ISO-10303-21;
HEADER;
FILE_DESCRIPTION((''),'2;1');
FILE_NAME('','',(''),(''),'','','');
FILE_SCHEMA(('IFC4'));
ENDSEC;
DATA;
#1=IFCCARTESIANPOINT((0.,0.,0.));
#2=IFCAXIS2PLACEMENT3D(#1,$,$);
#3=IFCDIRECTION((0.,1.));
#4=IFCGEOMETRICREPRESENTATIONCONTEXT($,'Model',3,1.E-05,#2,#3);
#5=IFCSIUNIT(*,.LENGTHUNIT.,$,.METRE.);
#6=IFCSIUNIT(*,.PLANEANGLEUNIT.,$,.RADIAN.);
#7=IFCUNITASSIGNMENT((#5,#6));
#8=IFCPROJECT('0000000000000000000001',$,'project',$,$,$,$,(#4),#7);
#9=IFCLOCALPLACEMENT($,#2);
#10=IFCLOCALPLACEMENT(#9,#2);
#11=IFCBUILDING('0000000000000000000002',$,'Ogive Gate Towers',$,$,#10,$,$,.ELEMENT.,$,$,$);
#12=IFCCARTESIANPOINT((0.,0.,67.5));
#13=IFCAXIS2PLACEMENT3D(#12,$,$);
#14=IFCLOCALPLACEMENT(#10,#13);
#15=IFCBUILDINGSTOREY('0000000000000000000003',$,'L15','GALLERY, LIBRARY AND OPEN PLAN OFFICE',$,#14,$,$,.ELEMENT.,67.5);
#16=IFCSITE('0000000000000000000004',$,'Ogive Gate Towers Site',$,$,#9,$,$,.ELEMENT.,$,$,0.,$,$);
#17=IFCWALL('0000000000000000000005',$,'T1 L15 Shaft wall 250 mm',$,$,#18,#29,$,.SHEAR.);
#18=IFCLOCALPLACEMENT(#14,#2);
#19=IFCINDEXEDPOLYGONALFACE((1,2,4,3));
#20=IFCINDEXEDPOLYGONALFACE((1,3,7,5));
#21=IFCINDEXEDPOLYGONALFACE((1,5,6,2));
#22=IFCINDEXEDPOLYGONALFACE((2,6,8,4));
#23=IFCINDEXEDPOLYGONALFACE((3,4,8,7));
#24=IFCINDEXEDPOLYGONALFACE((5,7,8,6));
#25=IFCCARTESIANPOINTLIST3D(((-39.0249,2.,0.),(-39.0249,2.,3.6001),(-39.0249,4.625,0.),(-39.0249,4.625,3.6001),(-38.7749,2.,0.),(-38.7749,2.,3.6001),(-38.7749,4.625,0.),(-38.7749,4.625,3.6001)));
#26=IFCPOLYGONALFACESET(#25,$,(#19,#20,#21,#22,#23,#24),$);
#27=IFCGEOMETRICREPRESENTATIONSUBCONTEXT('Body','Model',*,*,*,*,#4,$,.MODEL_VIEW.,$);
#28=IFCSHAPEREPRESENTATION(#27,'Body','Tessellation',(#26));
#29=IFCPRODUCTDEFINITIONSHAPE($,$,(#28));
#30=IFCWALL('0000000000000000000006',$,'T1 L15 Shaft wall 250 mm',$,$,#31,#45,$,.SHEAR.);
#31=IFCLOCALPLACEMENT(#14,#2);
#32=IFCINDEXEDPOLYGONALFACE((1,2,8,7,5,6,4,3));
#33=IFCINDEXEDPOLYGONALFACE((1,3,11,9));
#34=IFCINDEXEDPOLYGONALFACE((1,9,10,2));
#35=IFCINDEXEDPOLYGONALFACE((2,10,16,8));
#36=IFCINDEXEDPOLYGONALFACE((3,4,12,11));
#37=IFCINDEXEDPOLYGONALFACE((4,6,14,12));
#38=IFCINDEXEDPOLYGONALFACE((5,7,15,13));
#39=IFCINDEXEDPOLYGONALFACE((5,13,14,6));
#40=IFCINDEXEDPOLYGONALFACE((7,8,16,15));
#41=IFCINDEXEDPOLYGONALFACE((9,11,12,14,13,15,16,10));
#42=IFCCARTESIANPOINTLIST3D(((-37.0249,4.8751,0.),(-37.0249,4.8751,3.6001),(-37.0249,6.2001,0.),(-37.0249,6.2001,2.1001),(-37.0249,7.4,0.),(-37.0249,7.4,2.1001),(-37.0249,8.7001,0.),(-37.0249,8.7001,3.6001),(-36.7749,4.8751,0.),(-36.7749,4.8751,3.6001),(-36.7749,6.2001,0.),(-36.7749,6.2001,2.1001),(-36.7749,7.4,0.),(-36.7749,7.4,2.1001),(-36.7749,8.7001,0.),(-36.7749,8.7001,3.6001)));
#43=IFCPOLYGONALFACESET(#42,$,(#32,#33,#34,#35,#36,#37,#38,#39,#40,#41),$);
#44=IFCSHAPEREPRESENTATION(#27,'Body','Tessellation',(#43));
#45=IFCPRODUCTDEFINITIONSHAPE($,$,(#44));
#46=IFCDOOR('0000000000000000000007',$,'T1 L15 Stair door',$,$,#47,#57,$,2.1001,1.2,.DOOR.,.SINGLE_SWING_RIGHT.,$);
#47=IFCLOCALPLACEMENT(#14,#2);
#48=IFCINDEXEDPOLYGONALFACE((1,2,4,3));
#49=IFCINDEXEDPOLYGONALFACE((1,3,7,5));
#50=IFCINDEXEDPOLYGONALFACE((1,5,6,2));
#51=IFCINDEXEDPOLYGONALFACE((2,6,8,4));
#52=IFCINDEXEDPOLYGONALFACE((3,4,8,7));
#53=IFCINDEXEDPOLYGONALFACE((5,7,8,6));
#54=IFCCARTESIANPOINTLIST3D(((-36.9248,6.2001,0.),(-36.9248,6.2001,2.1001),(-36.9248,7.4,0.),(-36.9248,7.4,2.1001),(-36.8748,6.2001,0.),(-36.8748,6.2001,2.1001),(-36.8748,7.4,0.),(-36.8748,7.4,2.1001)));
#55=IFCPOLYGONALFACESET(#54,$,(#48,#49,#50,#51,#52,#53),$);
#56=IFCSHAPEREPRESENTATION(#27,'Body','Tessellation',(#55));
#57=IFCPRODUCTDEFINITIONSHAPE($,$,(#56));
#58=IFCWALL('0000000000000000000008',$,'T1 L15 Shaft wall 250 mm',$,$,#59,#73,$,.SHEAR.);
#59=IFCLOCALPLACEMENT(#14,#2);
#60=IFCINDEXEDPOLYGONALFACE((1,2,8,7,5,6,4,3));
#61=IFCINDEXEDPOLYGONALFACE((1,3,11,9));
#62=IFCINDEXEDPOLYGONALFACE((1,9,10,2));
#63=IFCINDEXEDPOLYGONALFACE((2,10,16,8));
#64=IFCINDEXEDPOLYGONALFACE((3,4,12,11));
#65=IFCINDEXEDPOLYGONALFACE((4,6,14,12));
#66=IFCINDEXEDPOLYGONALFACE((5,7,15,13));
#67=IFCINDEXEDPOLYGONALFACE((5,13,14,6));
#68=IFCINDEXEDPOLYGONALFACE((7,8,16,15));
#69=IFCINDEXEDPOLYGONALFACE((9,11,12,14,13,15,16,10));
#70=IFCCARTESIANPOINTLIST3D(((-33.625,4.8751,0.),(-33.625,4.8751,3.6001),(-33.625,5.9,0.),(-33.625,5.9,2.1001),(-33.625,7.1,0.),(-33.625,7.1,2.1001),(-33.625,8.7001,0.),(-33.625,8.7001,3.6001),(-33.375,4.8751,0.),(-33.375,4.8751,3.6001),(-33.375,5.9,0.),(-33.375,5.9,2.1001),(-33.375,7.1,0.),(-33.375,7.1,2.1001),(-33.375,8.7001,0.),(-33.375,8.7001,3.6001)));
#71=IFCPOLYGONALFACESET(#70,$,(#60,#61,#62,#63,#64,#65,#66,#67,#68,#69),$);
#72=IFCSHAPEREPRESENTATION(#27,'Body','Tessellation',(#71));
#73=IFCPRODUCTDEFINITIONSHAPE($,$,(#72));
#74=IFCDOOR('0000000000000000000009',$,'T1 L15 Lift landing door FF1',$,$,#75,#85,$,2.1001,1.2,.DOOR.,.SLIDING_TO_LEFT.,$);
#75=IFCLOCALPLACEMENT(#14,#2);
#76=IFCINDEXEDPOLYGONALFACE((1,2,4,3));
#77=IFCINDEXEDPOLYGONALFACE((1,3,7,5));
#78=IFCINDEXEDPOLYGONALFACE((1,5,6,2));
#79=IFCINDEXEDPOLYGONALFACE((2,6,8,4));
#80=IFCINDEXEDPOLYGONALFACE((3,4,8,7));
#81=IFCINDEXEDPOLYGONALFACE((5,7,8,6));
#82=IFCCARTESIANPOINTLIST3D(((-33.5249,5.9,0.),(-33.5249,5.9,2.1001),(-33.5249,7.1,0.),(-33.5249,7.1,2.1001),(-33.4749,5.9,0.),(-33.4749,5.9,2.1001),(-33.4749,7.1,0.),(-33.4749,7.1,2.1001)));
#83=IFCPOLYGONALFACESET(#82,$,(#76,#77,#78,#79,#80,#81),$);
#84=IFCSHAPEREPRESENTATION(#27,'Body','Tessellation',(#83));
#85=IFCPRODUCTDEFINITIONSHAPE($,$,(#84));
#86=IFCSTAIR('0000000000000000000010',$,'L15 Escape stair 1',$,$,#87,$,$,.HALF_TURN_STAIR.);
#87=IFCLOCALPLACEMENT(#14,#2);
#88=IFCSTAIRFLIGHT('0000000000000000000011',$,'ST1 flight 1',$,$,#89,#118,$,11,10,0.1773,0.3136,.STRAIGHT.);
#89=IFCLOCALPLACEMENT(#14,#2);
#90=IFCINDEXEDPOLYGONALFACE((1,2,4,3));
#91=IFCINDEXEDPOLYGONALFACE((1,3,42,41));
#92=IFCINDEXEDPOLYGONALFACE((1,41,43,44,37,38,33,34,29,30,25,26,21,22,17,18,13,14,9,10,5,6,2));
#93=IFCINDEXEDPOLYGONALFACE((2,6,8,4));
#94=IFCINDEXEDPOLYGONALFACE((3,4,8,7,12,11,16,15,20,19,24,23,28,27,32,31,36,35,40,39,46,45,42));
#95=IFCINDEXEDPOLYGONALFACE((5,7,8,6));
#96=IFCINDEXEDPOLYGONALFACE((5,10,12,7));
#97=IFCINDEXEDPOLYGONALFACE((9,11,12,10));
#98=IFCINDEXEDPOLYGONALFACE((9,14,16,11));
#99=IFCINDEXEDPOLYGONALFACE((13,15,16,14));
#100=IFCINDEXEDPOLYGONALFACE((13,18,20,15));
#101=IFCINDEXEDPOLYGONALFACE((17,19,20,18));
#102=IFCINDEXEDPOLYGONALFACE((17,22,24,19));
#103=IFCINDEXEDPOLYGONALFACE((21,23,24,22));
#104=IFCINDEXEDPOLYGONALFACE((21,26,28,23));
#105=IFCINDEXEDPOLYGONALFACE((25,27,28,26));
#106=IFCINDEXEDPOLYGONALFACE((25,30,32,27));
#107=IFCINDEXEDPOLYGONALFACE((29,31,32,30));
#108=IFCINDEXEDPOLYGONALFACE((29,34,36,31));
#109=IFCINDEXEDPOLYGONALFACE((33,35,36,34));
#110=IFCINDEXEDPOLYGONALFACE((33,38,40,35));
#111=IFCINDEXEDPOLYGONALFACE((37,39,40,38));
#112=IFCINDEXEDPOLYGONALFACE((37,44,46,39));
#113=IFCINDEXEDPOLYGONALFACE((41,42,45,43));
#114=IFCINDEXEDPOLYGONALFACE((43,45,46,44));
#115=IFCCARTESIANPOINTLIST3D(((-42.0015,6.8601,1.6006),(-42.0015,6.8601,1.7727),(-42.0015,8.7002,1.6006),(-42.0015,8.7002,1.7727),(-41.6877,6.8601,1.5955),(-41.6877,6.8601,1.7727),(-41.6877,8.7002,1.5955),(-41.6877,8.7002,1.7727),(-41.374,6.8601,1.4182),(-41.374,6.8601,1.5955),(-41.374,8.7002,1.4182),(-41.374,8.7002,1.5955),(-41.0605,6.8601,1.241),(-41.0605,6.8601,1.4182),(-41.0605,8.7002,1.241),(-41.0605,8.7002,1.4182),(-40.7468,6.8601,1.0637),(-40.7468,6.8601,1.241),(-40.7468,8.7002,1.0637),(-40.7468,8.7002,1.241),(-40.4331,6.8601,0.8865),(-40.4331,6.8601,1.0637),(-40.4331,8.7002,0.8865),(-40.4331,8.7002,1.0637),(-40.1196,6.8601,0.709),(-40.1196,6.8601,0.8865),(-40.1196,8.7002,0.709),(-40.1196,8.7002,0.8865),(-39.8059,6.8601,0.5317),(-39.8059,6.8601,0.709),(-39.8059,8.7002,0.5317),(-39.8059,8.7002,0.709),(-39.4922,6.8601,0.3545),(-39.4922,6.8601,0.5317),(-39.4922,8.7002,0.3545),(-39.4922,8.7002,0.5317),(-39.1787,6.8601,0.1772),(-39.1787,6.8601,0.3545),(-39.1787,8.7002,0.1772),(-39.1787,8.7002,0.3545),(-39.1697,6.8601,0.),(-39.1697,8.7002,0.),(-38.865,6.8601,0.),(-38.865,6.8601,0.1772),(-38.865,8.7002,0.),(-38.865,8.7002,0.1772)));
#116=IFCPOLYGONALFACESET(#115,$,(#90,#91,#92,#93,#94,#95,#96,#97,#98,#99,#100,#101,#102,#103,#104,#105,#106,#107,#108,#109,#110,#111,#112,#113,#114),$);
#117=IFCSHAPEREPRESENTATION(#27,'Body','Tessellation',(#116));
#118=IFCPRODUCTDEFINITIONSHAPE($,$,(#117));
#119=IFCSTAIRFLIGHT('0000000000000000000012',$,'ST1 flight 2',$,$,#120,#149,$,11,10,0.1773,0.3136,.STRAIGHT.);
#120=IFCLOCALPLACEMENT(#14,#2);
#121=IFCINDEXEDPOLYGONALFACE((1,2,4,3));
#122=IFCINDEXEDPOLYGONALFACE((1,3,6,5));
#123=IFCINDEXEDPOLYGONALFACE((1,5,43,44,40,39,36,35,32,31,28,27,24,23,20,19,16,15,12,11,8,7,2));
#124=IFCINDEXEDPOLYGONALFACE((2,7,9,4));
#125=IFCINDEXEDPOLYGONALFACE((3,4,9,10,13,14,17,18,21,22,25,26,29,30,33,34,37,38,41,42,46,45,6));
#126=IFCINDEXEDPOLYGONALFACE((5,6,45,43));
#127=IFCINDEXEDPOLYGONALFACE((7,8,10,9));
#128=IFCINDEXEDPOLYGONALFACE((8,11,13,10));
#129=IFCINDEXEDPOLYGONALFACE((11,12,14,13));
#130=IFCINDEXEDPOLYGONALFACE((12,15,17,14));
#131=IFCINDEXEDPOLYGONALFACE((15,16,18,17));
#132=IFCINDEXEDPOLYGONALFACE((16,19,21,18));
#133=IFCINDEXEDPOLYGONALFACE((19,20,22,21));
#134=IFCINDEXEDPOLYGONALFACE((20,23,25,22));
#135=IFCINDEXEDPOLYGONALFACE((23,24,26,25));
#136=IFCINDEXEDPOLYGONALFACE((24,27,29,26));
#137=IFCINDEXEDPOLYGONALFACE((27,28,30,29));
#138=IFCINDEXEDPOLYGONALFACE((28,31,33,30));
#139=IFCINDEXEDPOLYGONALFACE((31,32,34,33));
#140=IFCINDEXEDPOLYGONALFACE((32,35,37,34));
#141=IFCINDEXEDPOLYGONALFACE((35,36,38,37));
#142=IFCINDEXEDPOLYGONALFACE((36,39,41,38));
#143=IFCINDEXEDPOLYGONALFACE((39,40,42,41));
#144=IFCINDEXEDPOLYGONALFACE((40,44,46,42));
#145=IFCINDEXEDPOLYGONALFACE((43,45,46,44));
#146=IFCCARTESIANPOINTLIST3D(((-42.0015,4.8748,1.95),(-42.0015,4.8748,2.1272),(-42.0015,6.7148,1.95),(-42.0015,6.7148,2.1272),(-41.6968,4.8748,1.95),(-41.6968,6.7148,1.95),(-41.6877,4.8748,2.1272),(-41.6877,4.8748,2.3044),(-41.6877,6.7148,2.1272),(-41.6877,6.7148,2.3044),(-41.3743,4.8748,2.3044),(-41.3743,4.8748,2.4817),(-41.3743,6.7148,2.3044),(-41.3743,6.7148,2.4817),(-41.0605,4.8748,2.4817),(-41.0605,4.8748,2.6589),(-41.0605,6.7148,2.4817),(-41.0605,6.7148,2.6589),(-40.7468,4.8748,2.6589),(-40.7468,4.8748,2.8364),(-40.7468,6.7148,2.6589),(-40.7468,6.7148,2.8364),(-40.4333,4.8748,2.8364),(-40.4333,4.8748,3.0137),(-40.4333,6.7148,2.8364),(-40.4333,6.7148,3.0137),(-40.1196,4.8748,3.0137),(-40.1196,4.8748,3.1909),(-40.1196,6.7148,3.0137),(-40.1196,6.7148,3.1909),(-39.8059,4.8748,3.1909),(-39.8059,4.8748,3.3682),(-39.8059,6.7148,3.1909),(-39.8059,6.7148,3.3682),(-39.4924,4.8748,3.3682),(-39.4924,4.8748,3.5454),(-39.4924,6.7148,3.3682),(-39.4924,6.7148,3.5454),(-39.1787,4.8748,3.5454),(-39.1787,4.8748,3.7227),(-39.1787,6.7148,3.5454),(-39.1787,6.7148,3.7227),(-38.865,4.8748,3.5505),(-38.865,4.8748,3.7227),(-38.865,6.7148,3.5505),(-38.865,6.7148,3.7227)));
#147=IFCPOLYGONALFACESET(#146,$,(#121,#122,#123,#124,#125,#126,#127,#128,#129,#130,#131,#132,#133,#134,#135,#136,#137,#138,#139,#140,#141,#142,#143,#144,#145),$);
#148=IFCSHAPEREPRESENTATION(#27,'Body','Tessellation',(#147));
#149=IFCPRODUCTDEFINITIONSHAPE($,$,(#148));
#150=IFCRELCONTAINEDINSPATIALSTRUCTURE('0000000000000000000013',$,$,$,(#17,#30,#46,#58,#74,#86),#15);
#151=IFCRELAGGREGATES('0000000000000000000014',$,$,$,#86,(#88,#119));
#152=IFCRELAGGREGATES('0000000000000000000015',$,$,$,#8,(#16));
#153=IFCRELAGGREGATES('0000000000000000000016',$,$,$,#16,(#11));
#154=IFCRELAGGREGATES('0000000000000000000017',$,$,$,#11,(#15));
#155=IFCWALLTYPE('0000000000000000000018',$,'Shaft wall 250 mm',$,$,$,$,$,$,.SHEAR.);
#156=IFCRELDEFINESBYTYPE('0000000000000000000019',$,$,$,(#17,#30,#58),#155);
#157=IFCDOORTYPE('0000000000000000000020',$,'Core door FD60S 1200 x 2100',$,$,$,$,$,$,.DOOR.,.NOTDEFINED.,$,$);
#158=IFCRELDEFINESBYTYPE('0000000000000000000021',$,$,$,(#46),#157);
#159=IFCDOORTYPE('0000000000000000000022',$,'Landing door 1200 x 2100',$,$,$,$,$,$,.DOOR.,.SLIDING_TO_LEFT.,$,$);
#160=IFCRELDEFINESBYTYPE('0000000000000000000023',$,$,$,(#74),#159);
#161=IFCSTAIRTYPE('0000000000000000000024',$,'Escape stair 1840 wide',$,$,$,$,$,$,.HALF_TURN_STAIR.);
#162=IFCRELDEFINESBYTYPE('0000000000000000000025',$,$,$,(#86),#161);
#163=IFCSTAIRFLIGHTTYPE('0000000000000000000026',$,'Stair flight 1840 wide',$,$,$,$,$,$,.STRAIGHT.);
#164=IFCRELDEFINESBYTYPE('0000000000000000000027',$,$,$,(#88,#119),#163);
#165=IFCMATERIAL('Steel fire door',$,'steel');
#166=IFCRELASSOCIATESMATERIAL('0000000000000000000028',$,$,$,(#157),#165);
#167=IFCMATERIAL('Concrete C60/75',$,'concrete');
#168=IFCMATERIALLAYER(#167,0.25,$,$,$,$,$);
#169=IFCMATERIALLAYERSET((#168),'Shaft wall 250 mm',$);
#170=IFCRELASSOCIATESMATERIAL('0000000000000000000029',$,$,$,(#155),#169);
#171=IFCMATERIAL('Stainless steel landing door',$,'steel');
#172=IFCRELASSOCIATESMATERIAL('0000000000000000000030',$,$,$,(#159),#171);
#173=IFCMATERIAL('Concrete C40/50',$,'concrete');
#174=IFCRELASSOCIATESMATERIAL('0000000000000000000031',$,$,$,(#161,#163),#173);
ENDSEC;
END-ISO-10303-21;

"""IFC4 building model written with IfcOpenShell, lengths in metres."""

from ifc_helpers import new_model, si_unit, direction, frame, frame_2d, origin, place, context, subcontext, project, spatial, polyline, rectangle, outline, extrude, material, layer, layer_set, type_object, element, fill, aggregate, save


model = new_model("IFC4")

# Units and contexts
model_context = context("Model", 3, precision=1e-05, world=origin(), true_north=direction((0.0, 1.0)))
body_context = subcontext(model_context, "Body", "Model", "MODEL_VIEW")
ifc_project = project(units=[si_unit("LENGTHUNIT", "METRE"), si_unit("PLANEANGLEUNIT", "RADIAN")], contexts=[model_context])

# Site, building, storey
site_placement = place(None, origin())
site = spatial("IfcSite", under=ifc_project, at=site_placement, Name="Ogive Gate Towers Site", CompositionType="ELEMENT", RefElevation=0.0)
building_placement = place(site_placement, origin())
building = spatial("IfcBuilding", under=site, at=building_placement, Name="Ogive Gate Towers", CompositionType="ELEMENT")
storey_placement = place(building_placement, frame((0.0, 0.0, 67.5)))
storey = spatial("IfcBuildingStorey", under=building, at=storey_placement, Name="L15", Description="GALLERY, LIBRARY AND OPEN PLAN OFFICE", CompositionType="ELEMENT", Elevation=67.5)

# Shared definitions
ifc_material_1 = material(Name="Concrete C60/75", Category="concrete")
ifc_material_2 = material(Name="Steel fire door", Category="steel")
door_type_1 = type_object("IfcDoorType", Name="Core door FD60S 1200 x 2100", OperationType="NOTDEFINED", PredefinedType="DOOR", material=ifc_material_2)

# Wall
ifc_layer_1 = layer(ifc_material_1, 0.25)
ifc_layer_set_1 = layer_set([ifc_layer_1], Name="Shaft wall 250 mm")
wall_type_1 = type_object("IfcWallType", Name="Shaft wall 250 mm", PredefinedType="SHEAR", material=ifc_layer_set_1)
wall_1_placement = place(storey_placement, frame((-38.8999, 2.0, 0.0), z_axis=(0.0, 0.0, 1.0), x_axis=(0.0, 1.0, 0.0)))
element("IfcWall", 1, at=wall_1_placement, inside=storey, type_object=wall_type_1, Name="T1 L15 Shaft wall 250 mm", PredefinedType="SHEAR", context=body_context, shape_type="SweptSolid", body=[
    extrude(rectangle(XDim=2.625, YDim=0.25, at=frame_2d((1.3125, 0.0))), origin(), (0.0, 0.0, 1.0), 3.6001),
])

# Walls, openings, doors
wall_2_placement = place(storey_placement, frame((-36.8999, 4.875, 0.0), z_axis=(0.0, 0.0, 1.0), x_axis=(0.0, 1.0, 0.0)))
wall_2 = element("IfcWall", 2, at=wall_2_placement, inside=storey, type_object=wall_type_1, Name="T1 L15 Shaft wall 250 mm", PredefinedType="SHEAR", context=body_context, shape_type="SweptSolid", body=[
    extrude(rectangle(XDim=3.825, YDim=0.25, at=frame_2d((1.9126, 0.0))), origin(), (0.0, 0.0, 1.0), 3.6001),
])
opening_1_placement = place(wall_2_placement, frame((1.325, 0.0, 0.0)))
opening_1 = element("IfcOpeningElement", 3, at=opening_1_placement, cuts=wall_2, PredefinedType="OPENING", context=body_context, shape_type="SweptSolid", body=[
    extrude(rectangle(XDim=1.2, YDim=2.1001, at=frame_2d((0.6001, 1.05))), frame((0.0, 0.135, 0.0), z_axis=(0.0, -1.0, 0.0), x_axis=(1.0, 0.0, 0.0)), (0.0, 0.0, 1.0), 0.27),
])
door_1_placement = place(opening_1_placement, origin())
door_1 = element("IfcDoor", 4, at=door_1_placement, inside=storey, type_object=door_type_1, Name="T1 L15 Stair door", OperationType="SINGLE_SWING_RIGHT", OverallHeight=2.1001, OverallWidth=1.2, PredefinedType="DOOR", context=body_context, shape_type="SweptSolid", body=[
    extrude(rectangle(XDim=1.2, YDim=2.1001, at=frame_2d((0.6001, 1.05))), frame((0.0, 0.0249, 0.0), z_axis=(0.0, -1.0, 0.0), x_axis=(1.0, 0.0, 0.0)), (0.0, 0.0, 1.0), 0.05),
])
fill(opening_1, door_1)
wall_3_placement = place(storey_placement, frame((-33.5, 4.875, 0.0), z_axis=(0.0, 0.0, 1.0), x_axis=(0.0, 1.0, 0.0)))
wall_3 = element("IfcWall", 5, at=wall_3_placement, inside=storey, type_object=wall_type_1, Name="T1 L15 Shaft wall 250 mm", PredefinedType="SHEAR", context=body_context, shape_type="SweptSolid", body=[
    extrude(rectangle(XDim=3.825, YDim=0.25, at=frame_2d((1.9126, 0.0))), origin(), (0.0, 0.0, 1.0), 3.6001),
])
opening_2_placement = place(wall_3_placement, frame((1.0249, 0.0, 0.0)))
opening_2 = element("IfcOpeningElement", 6, at=opening_2_placement, cuts=wall_3, PredefinedType="OPENING", context=body_context, shape_type="SweptSolid", body=[
    extrude(rectangle(XDim=1.2, YDim=2.1001, at=frame_2d((0.6001, 1.05))), frame((0.0, 0.135, 0.0), z_axis=(0.0, -1.0, 0.0), x_axis=(1.0, 0.0, 0.0)), (0.0, 0.0, 1.0), 0.27),
])
ifc_material_3 = material(Name="Stainless steel landing door", Category="steel")
door_type_2 = type_object("IfcDoorType", Name="Landing door 1200 x 2100", OperationType="SLIDING_TO_LEFT", PredefinedType="DOOR", material=ifc_material_3)
door_2_placement = place(opening_2_placement, origin())
door_2 = element("IfcDoor", 7, at=door_2_placement, inside=storey, type_object=door_type_2, Name="T1 L15 Lift landing door FF1", OperationType="SLIDING_TO_LEFT", OverallHeight=2.1001, OverallWidth=1.2, PredefinedType="DOOR", context=body_context, shape_type="SweptSolid", body=[
    extrude(rectangle(XDim=1.2, YDim=2.1001, at=frame_2d((0.6001, 1.05))), frame((0.0, 0.0249, 0.0), z_axis=(0.0, -1.0, 0.0), x_axis=(1.0, 0.0, 0.0)), (0.0, 0.0, 1.0), 0.05),
])
fill(opening_2, door_2)

# Stair, stair flights
ifc_material_4 = material(Name="Concrete C40/50", Category="concrete")
stair_type = type_object("IfcStairType", Name="Escape stair 1840 wide", PredefinedType="HALF_TURN_STAIR", material=ifc_material_4)
stair_placement = place(storey_placement, origin())
stair = element("IfcStair", 8, at=stair_placement, inside=storey, type_object=stair_type, Name="L15 Escape stair 1", PredefinedType="HALF_TURN_STAIR")
stair_flight_type = type_object("IfcStairFlightType", Name="Stair flight 1840 wide", PredefinedType="STRAIGHT", material=ifc_material_4)
stair_flight_1_placement = place(storey_placement, frame((-38.865, 7.78, 0.0), z_axis=(0.0, 0.0, 1.0), x_axis=(-1.0, 0.0, 0.0)))
stair_flight_1 = element("IfcStairFlight", 9, at=stair_flight_1_placement, type_object=stair_flight_type, Name="ST1 flight 1", NumberOfRisers=11, NumberOfTreads=10, PredefinedType="STRAIGHT", RiserHeight=0.1773, TreadLength=0.3136, context=body_context, shape_type="SweptSolid", body=[
    extrude(outline(polyline([(0.0, 0.0), (0.0, 0.1772), (0.3137, 0.1772), (0.3137, 0.3545), (0.6272, 0.3545), (0.6272, 0.5317), (0.9409, 0.5317), (0.9409, 0.709), (1.2546, 0.709), (1.2546, 0.8865), (1.5681, 0.8865), (1.5681, 1.0637), (1.8818, 1.0637), (1.8818, 1.241), (2.1956, 1.241), (2.1956, 1.4182), (2.509, 1.4182), (2.509, 1.5955), (2.8228, 1.5955), (2.8228, 1.7727), (3.1365, 1.7727), (3.1365, 1.95), (3.1365, 1.6006), (0.3047, 0.0), (0.0, 0.0)])), frame((0.0, 0.9199, 0.0), z_axis=(0.0, -1.0, 0.0), x_axis=(1.0, 0.0, 0.0)), (0.0, 0.0, 1.0), 1.8401),
])
stair_flight_2_placement = place(storey_placement, frame((-42.0015, 5.7949, 1.95), z_axis=(0.0, 0.0, 1.0), x_axis=(1.0, 0.0, 0.0)))
stair_flight_2 = element("IfcStairFlight", 10, at=stair_flight_2_placement, type_object=stair_flight_type, Name="ST1 flight 2", NumberOfRisers=11, NumberOfTreads=10, PredefinedType="STRAIGHT", RiserHeight=0.1773, TreadLength=0.3136, context=body_context, shape_type="SweptSolid", body=[
    extrude(outline(polyline([(0.0, 0.0), (0.0, 0.1772), (0.3137, 0.1772), (0.3137, 0.3545), (0.6272, 0.3545), (0.6272, 0.5317), (0.9409, 0.5317), (0.9409, 0.709), (1.2546, 0.709), (1.2546, 0.8865), (1.5681, 0.8865), (1.5681, 1.0637), (1.8818, 1.0637), (1.8818, 1.241), (2.1956, 1.241), (2.1956, 1.4182), (2.509, 1.4182), (2.509, 1.5955), (2.8228, 1.5955), (2.8228, 1.7727), (3.1365, 1.7727), (3.1365, 1.95), (3.1365, 1.6006), (0.3047, 0.0), (0.0, 0.0)])), frame((0.0, 0.9199, 0.0), z_axis=(0.0, -1.0, 0.0), x_axis=(1.0, 0.0, 0.0)), (0.0, 0.0, 1.0), 1.8401),
])
aggregate(stair, [stair_flight_1, stair_flight_2])

save(model, "model.ifc")
